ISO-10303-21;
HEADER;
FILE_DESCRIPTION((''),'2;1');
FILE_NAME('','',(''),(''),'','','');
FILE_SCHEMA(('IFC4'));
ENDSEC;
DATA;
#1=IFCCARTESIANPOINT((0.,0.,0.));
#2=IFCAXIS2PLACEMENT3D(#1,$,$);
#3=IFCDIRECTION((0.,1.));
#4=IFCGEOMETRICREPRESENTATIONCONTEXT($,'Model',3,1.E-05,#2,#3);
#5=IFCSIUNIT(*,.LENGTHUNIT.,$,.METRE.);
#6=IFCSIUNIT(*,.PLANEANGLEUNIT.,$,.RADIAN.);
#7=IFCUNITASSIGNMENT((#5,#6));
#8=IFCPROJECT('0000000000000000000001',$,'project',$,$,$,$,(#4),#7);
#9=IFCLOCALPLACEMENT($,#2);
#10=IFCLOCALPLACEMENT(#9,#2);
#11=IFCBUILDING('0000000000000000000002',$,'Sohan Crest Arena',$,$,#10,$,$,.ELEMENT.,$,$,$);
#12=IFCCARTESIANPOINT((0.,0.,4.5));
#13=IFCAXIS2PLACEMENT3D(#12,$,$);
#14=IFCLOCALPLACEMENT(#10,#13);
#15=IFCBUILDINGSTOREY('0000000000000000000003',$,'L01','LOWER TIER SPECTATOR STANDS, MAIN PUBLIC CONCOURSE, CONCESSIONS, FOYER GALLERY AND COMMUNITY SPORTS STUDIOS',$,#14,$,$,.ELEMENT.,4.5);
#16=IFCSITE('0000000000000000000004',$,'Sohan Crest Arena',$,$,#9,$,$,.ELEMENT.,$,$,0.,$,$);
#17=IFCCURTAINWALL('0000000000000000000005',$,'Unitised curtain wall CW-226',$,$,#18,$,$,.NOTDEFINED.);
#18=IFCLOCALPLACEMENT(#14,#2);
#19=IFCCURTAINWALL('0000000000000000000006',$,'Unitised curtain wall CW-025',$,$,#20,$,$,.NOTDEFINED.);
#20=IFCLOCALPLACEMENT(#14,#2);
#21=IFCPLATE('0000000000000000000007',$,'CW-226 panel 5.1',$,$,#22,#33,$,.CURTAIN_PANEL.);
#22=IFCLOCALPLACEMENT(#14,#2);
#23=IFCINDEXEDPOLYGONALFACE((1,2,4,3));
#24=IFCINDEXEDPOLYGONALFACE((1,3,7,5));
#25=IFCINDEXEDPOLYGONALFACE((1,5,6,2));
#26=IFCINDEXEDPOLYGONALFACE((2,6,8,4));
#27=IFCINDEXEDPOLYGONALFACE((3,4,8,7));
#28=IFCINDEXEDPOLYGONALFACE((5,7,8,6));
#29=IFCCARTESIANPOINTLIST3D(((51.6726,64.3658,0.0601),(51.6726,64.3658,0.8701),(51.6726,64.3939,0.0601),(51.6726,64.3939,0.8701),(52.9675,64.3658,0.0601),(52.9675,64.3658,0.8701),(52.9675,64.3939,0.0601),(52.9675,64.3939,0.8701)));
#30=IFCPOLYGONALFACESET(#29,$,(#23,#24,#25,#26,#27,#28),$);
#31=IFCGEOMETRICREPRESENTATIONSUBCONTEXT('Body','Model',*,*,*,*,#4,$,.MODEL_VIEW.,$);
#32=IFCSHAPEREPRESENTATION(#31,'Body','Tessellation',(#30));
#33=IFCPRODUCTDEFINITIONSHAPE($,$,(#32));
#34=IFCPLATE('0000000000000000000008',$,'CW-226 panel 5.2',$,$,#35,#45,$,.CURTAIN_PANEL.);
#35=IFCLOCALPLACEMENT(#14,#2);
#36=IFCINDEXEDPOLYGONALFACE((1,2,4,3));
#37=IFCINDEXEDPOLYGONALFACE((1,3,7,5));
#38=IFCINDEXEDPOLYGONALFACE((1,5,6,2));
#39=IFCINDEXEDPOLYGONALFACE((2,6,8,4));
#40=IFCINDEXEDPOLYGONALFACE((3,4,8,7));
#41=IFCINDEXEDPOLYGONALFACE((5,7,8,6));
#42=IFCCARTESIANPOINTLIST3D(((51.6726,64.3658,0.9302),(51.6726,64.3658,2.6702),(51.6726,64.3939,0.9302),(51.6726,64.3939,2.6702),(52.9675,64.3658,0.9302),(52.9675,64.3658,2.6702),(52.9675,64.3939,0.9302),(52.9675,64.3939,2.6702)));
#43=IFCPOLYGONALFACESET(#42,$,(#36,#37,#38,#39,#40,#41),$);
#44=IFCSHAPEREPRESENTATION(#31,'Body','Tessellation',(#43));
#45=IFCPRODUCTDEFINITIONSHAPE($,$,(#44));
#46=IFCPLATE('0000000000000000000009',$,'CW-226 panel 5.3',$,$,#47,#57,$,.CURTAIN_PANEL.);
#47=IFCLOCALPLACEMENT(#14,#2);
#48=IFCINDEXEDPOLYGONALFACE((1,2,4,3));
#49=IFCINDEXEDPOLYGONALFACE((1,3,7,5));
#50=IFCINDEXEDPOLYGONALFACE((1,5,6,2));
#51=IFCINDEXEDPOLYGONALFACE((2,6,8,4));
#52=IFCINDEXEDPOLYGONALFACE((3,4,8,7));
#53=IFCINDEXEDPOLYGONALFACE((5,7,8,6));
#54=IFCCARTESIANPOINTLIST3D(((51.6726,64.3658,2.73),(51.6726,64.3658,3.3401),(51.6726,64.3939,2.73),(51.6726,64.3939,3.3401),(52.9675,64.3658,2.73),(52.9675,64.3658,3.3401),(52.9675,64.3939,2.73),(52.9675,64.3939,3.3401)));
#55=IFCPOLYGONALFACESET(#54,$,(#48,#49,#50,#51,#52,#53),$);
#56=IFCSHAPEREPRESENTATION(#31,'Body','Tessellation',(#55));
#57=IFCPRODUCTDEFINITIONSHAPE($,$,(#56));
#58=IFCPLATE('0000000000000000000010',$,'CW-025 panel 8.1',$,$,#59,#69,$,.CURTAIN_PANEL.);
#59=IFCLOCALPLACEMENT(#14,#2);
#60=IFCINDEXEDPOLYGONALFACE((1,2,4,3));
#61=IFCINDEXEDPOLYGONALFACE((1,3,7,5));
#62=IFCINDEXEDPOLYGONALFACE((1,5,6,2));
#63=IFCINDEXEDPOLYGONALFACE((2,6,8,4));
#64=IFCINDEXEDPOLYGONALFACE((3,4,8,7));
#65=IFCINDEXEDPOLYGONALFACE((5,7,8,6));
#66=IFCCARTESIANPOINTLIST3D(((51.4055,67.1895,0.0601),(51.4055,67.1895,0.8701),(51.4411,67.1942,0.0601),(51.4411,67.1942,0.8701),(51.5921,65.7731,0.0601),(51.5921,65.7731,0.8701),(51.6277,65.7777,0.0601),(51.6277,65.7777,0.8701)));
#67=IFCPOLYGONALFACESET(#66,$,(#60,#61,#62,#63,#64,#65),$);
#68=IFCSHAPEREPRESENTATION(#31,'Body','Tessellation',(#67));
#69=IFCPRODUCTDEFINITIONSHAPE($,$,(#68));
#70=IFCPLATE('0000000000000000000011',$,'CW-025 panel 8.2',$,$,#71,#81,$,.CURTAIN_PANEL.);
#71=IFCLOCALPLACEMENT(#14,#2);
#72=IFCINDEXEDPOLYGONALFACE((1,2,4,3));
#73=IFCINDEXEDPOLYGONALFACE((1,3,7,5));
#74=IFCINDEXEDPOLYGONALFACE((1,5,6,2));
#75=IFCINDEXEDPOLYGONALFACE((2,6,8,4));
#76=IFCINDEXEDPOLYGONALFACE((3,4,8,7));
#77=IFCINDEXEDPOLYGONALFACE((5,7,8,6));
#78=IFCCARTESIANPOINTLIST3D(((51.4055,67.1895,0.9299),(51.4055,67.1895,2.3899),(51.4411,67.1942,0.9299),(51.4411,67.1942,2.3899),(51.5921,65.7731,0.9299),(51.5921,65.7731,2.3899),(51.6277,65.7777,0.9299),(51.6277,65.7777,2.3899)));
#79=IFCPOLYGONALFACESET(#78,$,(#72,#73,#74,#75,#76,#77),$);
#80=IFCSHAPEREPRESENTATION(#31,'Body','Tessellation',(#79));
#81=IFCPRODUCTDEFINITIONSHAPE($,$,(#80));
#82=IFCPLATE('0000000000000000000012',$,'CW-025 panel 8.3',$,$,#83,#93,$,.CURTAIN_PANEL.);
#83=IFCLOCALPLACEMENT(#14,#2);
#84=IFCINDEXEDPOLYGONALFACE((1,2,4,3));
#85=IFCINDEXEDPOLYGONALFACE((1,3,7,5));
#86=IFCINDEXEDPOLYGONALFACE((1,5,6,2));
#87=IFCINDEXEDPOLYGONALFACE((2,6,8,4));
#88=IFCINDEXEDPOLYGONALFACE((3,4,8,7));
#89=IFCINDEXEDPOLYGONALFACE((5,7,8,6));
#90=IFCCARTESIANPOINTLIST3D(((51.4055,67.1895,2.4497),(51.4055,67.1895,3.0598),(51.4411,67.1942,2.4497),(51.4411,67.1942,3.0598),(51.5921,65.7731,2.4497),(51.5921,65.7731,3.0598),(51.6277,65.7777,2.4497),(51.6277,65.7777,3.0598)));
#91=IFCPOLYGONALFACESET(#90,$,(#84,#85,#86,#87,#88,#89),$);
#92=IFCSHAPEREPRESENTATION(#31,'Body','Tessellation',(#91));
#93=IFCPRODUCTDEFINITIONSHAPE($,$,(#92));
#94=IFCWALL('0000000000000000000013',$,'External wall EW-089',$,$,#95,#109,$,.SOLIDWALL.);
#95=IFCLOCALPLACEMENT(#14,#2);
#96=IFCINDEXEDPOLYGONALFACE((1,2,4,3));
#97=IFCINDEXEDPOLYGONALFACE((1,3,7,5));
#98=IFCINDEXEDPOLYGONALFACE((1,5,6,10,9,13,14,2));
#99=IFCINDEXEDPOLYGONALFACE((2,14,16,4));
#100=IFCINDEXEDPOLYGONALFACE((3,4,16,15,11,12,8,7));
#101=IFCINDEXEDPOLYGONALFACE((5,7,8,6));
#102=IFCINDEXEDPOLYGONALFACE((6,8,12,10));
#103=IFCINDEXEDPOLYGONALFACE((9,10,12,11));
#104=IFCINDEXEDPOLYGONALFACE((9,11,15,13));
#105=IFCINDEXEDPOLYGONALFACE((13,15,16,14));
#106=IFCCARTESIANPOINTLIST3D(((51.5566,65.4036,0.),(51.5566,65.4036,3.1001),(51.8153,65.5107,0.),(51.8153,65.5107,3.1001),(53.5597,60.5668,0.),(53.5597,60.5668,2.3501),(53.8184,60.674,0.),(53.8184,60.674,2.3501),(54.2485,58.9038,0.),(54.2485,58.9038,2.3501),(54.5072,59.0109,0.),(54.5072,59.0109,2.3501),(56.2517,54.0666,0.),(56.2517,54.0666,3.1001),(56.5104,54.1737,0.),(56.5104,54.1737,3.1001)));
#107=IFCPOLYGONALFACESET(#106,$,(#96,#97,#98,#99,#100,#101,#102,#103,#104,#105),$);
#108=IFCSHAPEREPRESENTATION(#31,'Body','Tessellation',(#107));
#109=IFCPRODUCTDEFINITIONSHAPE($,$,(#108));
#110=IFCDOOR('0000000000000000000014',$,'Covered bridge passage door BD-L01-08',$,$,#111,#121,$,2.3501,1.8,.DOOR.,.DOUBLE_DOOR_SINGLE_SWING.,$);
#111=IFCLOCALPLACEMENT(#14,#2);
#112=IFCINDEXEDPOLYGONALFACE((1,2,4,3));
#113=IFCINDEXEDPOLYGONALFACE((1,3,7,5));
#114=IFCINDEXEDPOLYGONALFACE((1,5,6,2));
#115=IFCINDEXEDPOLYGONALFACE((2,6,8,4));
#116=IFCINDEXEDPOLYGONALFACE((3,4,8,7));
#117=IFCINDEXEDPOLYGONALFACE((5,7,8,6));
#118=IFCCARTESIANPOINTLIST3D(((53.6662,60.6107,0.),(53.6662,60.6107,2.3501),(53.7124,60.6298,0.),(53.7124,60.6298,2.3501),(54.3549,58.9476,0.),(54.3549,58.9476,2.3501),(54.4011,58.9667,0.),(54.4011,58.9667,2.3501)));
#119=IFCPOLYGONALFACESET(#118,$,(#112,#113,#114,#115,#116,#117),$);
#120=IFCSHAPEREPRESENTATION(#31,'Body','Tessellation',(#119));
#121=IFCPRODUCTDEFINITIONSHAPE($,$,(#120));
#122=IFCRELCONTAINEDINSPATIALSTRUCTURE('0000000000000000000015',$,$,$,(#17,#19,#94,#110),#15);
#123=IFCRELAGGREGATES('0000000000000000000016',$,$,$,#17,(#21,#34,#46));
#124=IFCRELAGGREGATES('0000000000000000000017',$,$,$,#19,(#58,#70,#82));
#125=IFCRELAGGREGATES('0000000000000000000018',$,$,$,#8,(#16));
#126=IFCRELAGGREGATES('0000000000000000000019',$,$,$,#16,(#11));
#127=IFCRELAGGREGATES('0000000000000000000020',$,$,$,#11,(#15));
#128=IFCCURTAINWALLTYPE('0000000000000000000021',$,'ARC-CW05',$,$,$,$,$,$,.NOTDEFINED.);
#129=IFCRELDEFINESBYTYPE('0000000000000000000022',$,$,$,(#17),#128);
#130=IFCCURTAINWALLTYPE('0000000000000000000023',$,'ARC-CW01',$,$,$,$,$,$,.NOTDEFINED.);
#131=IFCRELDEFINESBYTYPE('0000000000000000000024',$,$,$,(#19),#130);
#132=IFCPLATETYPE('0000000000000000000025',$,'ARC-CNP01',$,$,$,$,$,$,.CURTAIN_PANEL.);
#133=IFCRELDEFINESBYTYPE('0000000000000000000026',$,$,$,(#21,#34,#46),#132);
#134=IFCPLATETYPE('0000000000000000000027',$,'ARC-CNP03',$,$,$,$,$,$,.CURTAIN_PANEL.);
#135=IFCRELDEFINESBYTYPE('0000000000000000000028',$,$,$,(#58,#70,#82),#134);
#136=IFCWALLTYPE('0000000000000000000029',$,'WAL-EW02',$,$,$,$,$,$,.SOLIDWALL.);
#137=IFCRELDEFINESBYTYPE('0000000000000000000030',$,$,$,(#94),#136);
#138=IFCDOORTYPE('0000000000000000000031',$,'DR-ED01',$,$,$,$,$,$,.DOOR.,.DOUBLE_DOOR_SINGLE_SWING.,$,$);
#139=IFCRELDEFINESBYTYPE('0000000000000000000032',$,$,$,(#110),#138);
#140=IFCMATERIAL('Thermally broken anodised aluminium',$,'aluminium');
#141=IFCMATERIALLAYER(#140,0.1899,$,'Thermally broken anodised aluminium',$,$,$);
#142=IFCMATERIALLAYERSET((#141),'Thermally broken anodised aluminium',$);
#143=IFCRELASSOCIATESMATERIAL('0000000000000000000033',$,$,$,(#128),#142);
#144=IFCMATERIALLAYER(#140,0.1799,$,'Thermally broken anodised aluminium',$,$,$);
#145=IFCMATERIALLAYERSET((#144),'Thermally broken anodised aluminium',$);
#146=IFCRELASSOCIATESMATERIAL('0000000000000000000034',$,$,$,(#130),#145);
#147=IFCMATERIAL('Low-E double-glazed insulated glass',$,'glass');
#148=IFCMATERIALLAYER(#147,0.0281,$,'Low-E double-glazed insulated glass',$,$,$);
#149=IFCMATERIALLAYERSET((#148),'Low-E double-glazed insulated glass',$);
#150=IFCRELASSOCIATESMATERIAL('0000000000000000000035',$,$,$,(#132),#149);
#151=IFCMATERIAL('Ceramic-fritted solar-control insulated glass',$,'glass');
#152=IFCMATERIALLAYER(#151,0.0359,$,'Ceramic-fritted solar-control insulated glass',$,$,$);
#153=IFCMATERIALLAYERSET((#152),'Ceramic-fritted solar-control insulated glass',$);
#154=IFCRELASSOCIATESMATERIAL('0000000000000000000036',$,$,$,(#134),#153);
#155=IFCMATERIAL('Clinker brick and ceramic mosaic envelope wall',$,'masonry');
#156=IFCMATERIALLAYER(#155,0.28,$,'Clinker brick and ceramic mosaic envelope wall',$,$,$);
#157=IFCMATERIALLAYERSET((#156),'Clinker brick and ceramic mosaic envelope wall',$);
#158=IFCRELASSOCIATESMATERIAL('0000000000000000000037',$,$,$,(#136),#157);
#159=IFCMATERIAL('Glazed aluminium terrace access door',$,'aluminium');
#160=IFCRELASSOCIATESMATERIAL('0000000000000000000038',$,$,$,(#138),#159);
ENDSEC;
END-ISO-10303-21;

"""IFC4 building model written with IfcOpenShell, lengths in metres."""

from ifc_helpers import new_model, si_unit, direction, frame, frame_2d, origin, origin_2d, place, context, subcontext, project, spatial, rectangle, extrude, material, layer, layer_set, type_object, element, fill, aggregate, save


model = new_model("IFC4")

# Units and contexts
model_context = context("Model", 3, precision=1e-05, world=origin(), true_north=direction((0.0, 1.0)))
body_context = subcontext(model_context, "Body", "Model", "MODEL_VIEW")
ifc_project = project(units=[si_unit("LENGTHUNIT", "METRE"), si_unit("PLANEANGLEUNIT", "RADIAN")], contexts=[model_context])

# Site, building, storey
site_placement = place(None, origin())
site = spatial("IfcSite", under=ifc_project, at=site_placement, Name="Sohan Crest Arena", CompositionType="ELEMENT", RefElevation=0.0)
building_placement = place(site_placement, origin())
building = spatial("IfcBuilding", under=site, at=building_placement, Name="Sohan Crest Arena", CompositionType="ELEMENT")
storey_placement = place(building_placement, frame((0.0, 0.0, 4.5)))
storey = spatial("IfcBuildingStorey", under=building, at=storey_placement, Name="L01", Description="LOWER TIER SPECTATOR STANDS, MAIN PUBLIC CONCOURSE, CONCESSIONS, FOYER GALLERY AND COMMUNITY SPORTS STUDIOS", CompositionType="ELEMENT", Elevation=4.5)

# Curtain walls
ifc_material_1 = material(Name="Thermally broken anodised aluminium", Category="aluminium")
ifc_layer_1 = layer(ifc_material_1, 0.1899, Name="Thermally broken anodised aluminium")
ifc_layer_set_1 = layer_set([ifc_layer_1], Name="Thermally broken anodised aluminium")
curtain_wall_type_1 = type_object("IfcCurtainWallType", Name="ARC-CW05", PredefinedType="NOTDEFINED", material=ifc_layer_set_1)
curtain_wall_1_placement = place(storey_placement, origin())
curtain_wall_1 = element("IfcCurtainWall", 1, at=curtain_wall_1_placement, inside=storey, type_object=curtain_wall_type_1, Name="Unitised curtain wall CW-226", PredefinedType="NOTDEFINED")
ifc_layer_2 = layer(ifc_material_1, 0.1799, Name="Thermally broken anodised aluminium")
ifc_layer_set_2 = layer_set([ifc_layer_2], Name="Thermally broken anodised aluminium")
curtain_wall_type_2 = type_object("IfcCurtainWallType", Name="ARC-CW01", PredefinedType="NOTDEFINED", material=ifc_layer_set_2)
curtain_wall_2_placement = place(storey_placement, origin())
curtain_wall_2 = element("IfcCurtainWall", 2, at=curtain_wall_2_placement, inside=storey, type_object=curtain_wall_type_2, Name="Unitised curtain wall CW-025", PredefinedType="NOTDEFINED")

# Plates
ifc_material_2 = material(Name="Low-E double-glazed insulated glass", Category="glass")
ifc_layer_3 = layer(ifc_material_2, 0.0281, Name="Low-E double-glazed insulated glass")
ifc_layer_set_3 = layer_set([ifc_layer_3], Name="Low-E double-glazed insulated glass")
plate_type_1 = type_object("IfcPlateType", Name="ARC-CNP01", PredefinedType="CURTAIN_PANEL", material=ifc_layer_set_3)
plate_1_placement = place(storey_placement, frame((52.3201, 64.3799, 0.0601), z_axis=(0.0, 0.0, 1.0), x_axis=(1.0, 0.0, 0.0)))
plate_1 = element("IfcPlate", 3, at=plate_1_placement, type_object=plate_type_1, Name="CW-226 panel 5.1", PredefinedType="CURTAIN_PANEL", context=body_context, shape_type="SweptSolid", body=[
    extrude(rectangle(XDim=1.2949, YDim=0.0281, at=origin_2d()), origin(), (0.0, 0.0, 1.0), 0.8101),
])
plate_2_placement = place(storey_placement, frame((52.3201, 64.3799, 0.9302), z_axis=(0.0, 0.0, 1.0), x_axis=(1.0, 0.0, 0.0)))
plate_2 = element("IfcPlate", 4, at=plate_2_placement, type_object=plate_type_1, Name="CW-226 panel 5.2", PredefinedType="CURTAIN_PANEL", context=body_context, shape_type="SweptSolid", body=[
    extrude(rectangle(XDim=1.2949, YDim=0.0281, at=origin_2d()), origin(), (0.0, 0.0, 1.0), 1.74),
])
plate_3_placement = place(storey_placement, frame((52.3201, 64.3799, 2.73), z_axis=(0.0, 0.0, 1.0), x_axis=(1.0, 0.0, 0.0)))
plate_3 = element("IfcPlate", 5, at=plate_3_placement, type_object=plate_type_1, Name="CW-226 panel 5.3", PredefinedType="CURTAIN_PANEL", context=body_context, shape_type="SweptSolid", body=[
    extrude(rectangle(XDim=1.2949, YDim=0.0281, at=origin_2d()), origin(), (0.0, 0.0, 1.0), 0.6101),
])
aggregate(curtain_wall_1, [plate_1, plate_2, plate_3])
ifc_material_3 = material(Name="Ceramic-fritted solar-control insulated glass", Category="glass")
ifc_layer_4 = layer(ifc_material_3, 0.0359, Name="Ceramic-fritted solar-control insulated glass")
ifc_layer_set_4 = layer_set([ifc_layer_4], Name="Ceramic-fritted solar-control insulated glass")
plate_type_2 = type_object("IfcPlateType", Name="ARC-CNP03", PredefinedType="CURTAIN_PANEL", material=ifc_layer_set_4)
plate_4_placement = place(storey_placement, frame((51.5166, 66.4836, 0.0601), z_axis=(0.0, 0.0, 1.0), x_axis=(0.130562, -0.99144, 0.0)))
plate_4 = element("IfcPlate", 6, at=plate_4_placement, type_object=plate_type_2, Name="CW-025 panel 8.1", PredefinedType="CURTAIN_PANEL", context=body_context, shape_type="SweptSolid", body=[
    extrude(rectangle(XDim=1.4287, YDim=0.0359, at=origin_2d()), origin(), (0.0, 0.0, 1.0), 0.8101),
])
plate_5_placement = place(storey_placement, frame((51.5166, 66.4836, 0.9299), z_axis=(0.0, 0.0, 1.0), x_axis=(0.130562, -0.99144, 0.0)))
plate_5 = element("IfcPlate", 7, at=plate_5_placement, type_object=plate_type_2, Name="CW-025 panel 8.2", PredefinedType="CURTAIN_PANEL", context=body_context, shape_type="SweptSolid", body=[
    extrude(rectangle(XDim=1.4287, YDim=0.0359, at=origin_2d()), origin(), (0.0, 0.0, 1.0), 1.46),
])
plate_6_placement = place(storey_placement, frame((51.5166, 66.4836, 2.4497), z_axis=(0.0, 0.0, 1.0), x_axis=(0.130562, -0.99144, 0.0)))
plate_6 = element("IfcPlate", 8, at=plate_6_placement, type_object=plate_type_2, Name="CW-025 panel 8.3", PredefinedType="CURTAIN_PANEL", context=body_context, shape_type="SweptSolid", body=[
    extrude(rectangle(XDim=1.4287, YDim=0.0359, at=origin_2d()), origin(), (0.0, 0.0, 1.0), 0.6101),
])
aggregate(curtain_wall_2, [plate_4, plate_5, plate_6])

# Wall, opening, door
ifc_material_4 = material(Name="Clinker brick and ceramic mosaic envelope wall", Category="masonry")
ifc_layer_5 = layer(ifc_material_4, 0.28, Name="Clinker brick and ceramic mosaic envelope wall")
ifc_layer_set_5 = layer_set([ifc_layer_5], Name="Clinker brick and ceramic mosaic envelope wall")
wall_type = type_object("IfcWallType", Name="WAL-EW02", PredefinedType="SOLIDWALL", material=ifc_layer_set_5)
wall_placement = place(storey_placement, frame((51.686, 65.457, 0.0), z_axis=(0.0, 0.0, 1.0), x_axis=(0.382625, -0.923904, 0.0)))
wall = element("IfcWall", 9, at=wall_placement, inside=storey, type_object=wall_type, Name="External wall EW-089", PredefinedType="SOLIDWALL", context=body_context, shape_type="SweptSolid", body=[
    extrude(rectangle(XDim=12.2708, YDim=0.28, at=frame_2d((6.1353, 0.0))), origin(), (0.0, 0.0, 1.0), 3.1001),
])
opening_placement = place(wall_placement, frame((5.2351, 0.0, 0.0)))
opening = element("IfcOpeningElement", 10, at=opening_placement, cuts=wall, PredefinedType="OPENING", context=body_context, shape_type="SweptSolid", body=[
    extrude(rectangle(XDim=1.8, YDim=2.3501, at=frame_2d((0.8999, 1.175))), frame((0.0, 0.1499, 0.0), z_axis=(0.0, -1.0, 0.0), x_axis=(1.0, 0.0, 0.0)), (0.0, 0.0, 1.0), 0.3),
])
ifc_material_5 = material(Name="Glazed aluminium terrace access door", Category="aluminium")
door_type = type_object("IfcDoorType", Name="DR-ED01", OperationType="DOUBLE_DOOR_SINGLE_SWING", PredefinedType="DOOR", material=ifc_material_5)
door_placement = place(opening_placement, frame((1.8, 0.0, 0.0), z_axis=(0.0, 0.0, 1.0), x_axis=(-1.0, 0.0, 0.0)))
door = element("IfcDoor", 11, at=door_placement, inside=storey, type_object=door_type, Name="Covered bridge passage door BD-L01-08", OperationType="DOUBLE_DOOR_SINGLE_SWING", OverallHeight=2.3501, OverallWidth=1.8, PredefinedType="DOOR", context=body_context, shape_type="SweptSolid", body=[
    extrude(rectangle(XDim=1.8, YDim=2.3501, at=frame_2d((0.8999, 1.175))), frame((0.0, 0.0249, 0.0), z_axis=(0.0, -1.0, 0.0), x_axis=(1.0, 0.0, 0.0)), (0.0, 0.0, 1.0), 0.05),
])
fill(opening, door)

save(model, "model.ifc")
